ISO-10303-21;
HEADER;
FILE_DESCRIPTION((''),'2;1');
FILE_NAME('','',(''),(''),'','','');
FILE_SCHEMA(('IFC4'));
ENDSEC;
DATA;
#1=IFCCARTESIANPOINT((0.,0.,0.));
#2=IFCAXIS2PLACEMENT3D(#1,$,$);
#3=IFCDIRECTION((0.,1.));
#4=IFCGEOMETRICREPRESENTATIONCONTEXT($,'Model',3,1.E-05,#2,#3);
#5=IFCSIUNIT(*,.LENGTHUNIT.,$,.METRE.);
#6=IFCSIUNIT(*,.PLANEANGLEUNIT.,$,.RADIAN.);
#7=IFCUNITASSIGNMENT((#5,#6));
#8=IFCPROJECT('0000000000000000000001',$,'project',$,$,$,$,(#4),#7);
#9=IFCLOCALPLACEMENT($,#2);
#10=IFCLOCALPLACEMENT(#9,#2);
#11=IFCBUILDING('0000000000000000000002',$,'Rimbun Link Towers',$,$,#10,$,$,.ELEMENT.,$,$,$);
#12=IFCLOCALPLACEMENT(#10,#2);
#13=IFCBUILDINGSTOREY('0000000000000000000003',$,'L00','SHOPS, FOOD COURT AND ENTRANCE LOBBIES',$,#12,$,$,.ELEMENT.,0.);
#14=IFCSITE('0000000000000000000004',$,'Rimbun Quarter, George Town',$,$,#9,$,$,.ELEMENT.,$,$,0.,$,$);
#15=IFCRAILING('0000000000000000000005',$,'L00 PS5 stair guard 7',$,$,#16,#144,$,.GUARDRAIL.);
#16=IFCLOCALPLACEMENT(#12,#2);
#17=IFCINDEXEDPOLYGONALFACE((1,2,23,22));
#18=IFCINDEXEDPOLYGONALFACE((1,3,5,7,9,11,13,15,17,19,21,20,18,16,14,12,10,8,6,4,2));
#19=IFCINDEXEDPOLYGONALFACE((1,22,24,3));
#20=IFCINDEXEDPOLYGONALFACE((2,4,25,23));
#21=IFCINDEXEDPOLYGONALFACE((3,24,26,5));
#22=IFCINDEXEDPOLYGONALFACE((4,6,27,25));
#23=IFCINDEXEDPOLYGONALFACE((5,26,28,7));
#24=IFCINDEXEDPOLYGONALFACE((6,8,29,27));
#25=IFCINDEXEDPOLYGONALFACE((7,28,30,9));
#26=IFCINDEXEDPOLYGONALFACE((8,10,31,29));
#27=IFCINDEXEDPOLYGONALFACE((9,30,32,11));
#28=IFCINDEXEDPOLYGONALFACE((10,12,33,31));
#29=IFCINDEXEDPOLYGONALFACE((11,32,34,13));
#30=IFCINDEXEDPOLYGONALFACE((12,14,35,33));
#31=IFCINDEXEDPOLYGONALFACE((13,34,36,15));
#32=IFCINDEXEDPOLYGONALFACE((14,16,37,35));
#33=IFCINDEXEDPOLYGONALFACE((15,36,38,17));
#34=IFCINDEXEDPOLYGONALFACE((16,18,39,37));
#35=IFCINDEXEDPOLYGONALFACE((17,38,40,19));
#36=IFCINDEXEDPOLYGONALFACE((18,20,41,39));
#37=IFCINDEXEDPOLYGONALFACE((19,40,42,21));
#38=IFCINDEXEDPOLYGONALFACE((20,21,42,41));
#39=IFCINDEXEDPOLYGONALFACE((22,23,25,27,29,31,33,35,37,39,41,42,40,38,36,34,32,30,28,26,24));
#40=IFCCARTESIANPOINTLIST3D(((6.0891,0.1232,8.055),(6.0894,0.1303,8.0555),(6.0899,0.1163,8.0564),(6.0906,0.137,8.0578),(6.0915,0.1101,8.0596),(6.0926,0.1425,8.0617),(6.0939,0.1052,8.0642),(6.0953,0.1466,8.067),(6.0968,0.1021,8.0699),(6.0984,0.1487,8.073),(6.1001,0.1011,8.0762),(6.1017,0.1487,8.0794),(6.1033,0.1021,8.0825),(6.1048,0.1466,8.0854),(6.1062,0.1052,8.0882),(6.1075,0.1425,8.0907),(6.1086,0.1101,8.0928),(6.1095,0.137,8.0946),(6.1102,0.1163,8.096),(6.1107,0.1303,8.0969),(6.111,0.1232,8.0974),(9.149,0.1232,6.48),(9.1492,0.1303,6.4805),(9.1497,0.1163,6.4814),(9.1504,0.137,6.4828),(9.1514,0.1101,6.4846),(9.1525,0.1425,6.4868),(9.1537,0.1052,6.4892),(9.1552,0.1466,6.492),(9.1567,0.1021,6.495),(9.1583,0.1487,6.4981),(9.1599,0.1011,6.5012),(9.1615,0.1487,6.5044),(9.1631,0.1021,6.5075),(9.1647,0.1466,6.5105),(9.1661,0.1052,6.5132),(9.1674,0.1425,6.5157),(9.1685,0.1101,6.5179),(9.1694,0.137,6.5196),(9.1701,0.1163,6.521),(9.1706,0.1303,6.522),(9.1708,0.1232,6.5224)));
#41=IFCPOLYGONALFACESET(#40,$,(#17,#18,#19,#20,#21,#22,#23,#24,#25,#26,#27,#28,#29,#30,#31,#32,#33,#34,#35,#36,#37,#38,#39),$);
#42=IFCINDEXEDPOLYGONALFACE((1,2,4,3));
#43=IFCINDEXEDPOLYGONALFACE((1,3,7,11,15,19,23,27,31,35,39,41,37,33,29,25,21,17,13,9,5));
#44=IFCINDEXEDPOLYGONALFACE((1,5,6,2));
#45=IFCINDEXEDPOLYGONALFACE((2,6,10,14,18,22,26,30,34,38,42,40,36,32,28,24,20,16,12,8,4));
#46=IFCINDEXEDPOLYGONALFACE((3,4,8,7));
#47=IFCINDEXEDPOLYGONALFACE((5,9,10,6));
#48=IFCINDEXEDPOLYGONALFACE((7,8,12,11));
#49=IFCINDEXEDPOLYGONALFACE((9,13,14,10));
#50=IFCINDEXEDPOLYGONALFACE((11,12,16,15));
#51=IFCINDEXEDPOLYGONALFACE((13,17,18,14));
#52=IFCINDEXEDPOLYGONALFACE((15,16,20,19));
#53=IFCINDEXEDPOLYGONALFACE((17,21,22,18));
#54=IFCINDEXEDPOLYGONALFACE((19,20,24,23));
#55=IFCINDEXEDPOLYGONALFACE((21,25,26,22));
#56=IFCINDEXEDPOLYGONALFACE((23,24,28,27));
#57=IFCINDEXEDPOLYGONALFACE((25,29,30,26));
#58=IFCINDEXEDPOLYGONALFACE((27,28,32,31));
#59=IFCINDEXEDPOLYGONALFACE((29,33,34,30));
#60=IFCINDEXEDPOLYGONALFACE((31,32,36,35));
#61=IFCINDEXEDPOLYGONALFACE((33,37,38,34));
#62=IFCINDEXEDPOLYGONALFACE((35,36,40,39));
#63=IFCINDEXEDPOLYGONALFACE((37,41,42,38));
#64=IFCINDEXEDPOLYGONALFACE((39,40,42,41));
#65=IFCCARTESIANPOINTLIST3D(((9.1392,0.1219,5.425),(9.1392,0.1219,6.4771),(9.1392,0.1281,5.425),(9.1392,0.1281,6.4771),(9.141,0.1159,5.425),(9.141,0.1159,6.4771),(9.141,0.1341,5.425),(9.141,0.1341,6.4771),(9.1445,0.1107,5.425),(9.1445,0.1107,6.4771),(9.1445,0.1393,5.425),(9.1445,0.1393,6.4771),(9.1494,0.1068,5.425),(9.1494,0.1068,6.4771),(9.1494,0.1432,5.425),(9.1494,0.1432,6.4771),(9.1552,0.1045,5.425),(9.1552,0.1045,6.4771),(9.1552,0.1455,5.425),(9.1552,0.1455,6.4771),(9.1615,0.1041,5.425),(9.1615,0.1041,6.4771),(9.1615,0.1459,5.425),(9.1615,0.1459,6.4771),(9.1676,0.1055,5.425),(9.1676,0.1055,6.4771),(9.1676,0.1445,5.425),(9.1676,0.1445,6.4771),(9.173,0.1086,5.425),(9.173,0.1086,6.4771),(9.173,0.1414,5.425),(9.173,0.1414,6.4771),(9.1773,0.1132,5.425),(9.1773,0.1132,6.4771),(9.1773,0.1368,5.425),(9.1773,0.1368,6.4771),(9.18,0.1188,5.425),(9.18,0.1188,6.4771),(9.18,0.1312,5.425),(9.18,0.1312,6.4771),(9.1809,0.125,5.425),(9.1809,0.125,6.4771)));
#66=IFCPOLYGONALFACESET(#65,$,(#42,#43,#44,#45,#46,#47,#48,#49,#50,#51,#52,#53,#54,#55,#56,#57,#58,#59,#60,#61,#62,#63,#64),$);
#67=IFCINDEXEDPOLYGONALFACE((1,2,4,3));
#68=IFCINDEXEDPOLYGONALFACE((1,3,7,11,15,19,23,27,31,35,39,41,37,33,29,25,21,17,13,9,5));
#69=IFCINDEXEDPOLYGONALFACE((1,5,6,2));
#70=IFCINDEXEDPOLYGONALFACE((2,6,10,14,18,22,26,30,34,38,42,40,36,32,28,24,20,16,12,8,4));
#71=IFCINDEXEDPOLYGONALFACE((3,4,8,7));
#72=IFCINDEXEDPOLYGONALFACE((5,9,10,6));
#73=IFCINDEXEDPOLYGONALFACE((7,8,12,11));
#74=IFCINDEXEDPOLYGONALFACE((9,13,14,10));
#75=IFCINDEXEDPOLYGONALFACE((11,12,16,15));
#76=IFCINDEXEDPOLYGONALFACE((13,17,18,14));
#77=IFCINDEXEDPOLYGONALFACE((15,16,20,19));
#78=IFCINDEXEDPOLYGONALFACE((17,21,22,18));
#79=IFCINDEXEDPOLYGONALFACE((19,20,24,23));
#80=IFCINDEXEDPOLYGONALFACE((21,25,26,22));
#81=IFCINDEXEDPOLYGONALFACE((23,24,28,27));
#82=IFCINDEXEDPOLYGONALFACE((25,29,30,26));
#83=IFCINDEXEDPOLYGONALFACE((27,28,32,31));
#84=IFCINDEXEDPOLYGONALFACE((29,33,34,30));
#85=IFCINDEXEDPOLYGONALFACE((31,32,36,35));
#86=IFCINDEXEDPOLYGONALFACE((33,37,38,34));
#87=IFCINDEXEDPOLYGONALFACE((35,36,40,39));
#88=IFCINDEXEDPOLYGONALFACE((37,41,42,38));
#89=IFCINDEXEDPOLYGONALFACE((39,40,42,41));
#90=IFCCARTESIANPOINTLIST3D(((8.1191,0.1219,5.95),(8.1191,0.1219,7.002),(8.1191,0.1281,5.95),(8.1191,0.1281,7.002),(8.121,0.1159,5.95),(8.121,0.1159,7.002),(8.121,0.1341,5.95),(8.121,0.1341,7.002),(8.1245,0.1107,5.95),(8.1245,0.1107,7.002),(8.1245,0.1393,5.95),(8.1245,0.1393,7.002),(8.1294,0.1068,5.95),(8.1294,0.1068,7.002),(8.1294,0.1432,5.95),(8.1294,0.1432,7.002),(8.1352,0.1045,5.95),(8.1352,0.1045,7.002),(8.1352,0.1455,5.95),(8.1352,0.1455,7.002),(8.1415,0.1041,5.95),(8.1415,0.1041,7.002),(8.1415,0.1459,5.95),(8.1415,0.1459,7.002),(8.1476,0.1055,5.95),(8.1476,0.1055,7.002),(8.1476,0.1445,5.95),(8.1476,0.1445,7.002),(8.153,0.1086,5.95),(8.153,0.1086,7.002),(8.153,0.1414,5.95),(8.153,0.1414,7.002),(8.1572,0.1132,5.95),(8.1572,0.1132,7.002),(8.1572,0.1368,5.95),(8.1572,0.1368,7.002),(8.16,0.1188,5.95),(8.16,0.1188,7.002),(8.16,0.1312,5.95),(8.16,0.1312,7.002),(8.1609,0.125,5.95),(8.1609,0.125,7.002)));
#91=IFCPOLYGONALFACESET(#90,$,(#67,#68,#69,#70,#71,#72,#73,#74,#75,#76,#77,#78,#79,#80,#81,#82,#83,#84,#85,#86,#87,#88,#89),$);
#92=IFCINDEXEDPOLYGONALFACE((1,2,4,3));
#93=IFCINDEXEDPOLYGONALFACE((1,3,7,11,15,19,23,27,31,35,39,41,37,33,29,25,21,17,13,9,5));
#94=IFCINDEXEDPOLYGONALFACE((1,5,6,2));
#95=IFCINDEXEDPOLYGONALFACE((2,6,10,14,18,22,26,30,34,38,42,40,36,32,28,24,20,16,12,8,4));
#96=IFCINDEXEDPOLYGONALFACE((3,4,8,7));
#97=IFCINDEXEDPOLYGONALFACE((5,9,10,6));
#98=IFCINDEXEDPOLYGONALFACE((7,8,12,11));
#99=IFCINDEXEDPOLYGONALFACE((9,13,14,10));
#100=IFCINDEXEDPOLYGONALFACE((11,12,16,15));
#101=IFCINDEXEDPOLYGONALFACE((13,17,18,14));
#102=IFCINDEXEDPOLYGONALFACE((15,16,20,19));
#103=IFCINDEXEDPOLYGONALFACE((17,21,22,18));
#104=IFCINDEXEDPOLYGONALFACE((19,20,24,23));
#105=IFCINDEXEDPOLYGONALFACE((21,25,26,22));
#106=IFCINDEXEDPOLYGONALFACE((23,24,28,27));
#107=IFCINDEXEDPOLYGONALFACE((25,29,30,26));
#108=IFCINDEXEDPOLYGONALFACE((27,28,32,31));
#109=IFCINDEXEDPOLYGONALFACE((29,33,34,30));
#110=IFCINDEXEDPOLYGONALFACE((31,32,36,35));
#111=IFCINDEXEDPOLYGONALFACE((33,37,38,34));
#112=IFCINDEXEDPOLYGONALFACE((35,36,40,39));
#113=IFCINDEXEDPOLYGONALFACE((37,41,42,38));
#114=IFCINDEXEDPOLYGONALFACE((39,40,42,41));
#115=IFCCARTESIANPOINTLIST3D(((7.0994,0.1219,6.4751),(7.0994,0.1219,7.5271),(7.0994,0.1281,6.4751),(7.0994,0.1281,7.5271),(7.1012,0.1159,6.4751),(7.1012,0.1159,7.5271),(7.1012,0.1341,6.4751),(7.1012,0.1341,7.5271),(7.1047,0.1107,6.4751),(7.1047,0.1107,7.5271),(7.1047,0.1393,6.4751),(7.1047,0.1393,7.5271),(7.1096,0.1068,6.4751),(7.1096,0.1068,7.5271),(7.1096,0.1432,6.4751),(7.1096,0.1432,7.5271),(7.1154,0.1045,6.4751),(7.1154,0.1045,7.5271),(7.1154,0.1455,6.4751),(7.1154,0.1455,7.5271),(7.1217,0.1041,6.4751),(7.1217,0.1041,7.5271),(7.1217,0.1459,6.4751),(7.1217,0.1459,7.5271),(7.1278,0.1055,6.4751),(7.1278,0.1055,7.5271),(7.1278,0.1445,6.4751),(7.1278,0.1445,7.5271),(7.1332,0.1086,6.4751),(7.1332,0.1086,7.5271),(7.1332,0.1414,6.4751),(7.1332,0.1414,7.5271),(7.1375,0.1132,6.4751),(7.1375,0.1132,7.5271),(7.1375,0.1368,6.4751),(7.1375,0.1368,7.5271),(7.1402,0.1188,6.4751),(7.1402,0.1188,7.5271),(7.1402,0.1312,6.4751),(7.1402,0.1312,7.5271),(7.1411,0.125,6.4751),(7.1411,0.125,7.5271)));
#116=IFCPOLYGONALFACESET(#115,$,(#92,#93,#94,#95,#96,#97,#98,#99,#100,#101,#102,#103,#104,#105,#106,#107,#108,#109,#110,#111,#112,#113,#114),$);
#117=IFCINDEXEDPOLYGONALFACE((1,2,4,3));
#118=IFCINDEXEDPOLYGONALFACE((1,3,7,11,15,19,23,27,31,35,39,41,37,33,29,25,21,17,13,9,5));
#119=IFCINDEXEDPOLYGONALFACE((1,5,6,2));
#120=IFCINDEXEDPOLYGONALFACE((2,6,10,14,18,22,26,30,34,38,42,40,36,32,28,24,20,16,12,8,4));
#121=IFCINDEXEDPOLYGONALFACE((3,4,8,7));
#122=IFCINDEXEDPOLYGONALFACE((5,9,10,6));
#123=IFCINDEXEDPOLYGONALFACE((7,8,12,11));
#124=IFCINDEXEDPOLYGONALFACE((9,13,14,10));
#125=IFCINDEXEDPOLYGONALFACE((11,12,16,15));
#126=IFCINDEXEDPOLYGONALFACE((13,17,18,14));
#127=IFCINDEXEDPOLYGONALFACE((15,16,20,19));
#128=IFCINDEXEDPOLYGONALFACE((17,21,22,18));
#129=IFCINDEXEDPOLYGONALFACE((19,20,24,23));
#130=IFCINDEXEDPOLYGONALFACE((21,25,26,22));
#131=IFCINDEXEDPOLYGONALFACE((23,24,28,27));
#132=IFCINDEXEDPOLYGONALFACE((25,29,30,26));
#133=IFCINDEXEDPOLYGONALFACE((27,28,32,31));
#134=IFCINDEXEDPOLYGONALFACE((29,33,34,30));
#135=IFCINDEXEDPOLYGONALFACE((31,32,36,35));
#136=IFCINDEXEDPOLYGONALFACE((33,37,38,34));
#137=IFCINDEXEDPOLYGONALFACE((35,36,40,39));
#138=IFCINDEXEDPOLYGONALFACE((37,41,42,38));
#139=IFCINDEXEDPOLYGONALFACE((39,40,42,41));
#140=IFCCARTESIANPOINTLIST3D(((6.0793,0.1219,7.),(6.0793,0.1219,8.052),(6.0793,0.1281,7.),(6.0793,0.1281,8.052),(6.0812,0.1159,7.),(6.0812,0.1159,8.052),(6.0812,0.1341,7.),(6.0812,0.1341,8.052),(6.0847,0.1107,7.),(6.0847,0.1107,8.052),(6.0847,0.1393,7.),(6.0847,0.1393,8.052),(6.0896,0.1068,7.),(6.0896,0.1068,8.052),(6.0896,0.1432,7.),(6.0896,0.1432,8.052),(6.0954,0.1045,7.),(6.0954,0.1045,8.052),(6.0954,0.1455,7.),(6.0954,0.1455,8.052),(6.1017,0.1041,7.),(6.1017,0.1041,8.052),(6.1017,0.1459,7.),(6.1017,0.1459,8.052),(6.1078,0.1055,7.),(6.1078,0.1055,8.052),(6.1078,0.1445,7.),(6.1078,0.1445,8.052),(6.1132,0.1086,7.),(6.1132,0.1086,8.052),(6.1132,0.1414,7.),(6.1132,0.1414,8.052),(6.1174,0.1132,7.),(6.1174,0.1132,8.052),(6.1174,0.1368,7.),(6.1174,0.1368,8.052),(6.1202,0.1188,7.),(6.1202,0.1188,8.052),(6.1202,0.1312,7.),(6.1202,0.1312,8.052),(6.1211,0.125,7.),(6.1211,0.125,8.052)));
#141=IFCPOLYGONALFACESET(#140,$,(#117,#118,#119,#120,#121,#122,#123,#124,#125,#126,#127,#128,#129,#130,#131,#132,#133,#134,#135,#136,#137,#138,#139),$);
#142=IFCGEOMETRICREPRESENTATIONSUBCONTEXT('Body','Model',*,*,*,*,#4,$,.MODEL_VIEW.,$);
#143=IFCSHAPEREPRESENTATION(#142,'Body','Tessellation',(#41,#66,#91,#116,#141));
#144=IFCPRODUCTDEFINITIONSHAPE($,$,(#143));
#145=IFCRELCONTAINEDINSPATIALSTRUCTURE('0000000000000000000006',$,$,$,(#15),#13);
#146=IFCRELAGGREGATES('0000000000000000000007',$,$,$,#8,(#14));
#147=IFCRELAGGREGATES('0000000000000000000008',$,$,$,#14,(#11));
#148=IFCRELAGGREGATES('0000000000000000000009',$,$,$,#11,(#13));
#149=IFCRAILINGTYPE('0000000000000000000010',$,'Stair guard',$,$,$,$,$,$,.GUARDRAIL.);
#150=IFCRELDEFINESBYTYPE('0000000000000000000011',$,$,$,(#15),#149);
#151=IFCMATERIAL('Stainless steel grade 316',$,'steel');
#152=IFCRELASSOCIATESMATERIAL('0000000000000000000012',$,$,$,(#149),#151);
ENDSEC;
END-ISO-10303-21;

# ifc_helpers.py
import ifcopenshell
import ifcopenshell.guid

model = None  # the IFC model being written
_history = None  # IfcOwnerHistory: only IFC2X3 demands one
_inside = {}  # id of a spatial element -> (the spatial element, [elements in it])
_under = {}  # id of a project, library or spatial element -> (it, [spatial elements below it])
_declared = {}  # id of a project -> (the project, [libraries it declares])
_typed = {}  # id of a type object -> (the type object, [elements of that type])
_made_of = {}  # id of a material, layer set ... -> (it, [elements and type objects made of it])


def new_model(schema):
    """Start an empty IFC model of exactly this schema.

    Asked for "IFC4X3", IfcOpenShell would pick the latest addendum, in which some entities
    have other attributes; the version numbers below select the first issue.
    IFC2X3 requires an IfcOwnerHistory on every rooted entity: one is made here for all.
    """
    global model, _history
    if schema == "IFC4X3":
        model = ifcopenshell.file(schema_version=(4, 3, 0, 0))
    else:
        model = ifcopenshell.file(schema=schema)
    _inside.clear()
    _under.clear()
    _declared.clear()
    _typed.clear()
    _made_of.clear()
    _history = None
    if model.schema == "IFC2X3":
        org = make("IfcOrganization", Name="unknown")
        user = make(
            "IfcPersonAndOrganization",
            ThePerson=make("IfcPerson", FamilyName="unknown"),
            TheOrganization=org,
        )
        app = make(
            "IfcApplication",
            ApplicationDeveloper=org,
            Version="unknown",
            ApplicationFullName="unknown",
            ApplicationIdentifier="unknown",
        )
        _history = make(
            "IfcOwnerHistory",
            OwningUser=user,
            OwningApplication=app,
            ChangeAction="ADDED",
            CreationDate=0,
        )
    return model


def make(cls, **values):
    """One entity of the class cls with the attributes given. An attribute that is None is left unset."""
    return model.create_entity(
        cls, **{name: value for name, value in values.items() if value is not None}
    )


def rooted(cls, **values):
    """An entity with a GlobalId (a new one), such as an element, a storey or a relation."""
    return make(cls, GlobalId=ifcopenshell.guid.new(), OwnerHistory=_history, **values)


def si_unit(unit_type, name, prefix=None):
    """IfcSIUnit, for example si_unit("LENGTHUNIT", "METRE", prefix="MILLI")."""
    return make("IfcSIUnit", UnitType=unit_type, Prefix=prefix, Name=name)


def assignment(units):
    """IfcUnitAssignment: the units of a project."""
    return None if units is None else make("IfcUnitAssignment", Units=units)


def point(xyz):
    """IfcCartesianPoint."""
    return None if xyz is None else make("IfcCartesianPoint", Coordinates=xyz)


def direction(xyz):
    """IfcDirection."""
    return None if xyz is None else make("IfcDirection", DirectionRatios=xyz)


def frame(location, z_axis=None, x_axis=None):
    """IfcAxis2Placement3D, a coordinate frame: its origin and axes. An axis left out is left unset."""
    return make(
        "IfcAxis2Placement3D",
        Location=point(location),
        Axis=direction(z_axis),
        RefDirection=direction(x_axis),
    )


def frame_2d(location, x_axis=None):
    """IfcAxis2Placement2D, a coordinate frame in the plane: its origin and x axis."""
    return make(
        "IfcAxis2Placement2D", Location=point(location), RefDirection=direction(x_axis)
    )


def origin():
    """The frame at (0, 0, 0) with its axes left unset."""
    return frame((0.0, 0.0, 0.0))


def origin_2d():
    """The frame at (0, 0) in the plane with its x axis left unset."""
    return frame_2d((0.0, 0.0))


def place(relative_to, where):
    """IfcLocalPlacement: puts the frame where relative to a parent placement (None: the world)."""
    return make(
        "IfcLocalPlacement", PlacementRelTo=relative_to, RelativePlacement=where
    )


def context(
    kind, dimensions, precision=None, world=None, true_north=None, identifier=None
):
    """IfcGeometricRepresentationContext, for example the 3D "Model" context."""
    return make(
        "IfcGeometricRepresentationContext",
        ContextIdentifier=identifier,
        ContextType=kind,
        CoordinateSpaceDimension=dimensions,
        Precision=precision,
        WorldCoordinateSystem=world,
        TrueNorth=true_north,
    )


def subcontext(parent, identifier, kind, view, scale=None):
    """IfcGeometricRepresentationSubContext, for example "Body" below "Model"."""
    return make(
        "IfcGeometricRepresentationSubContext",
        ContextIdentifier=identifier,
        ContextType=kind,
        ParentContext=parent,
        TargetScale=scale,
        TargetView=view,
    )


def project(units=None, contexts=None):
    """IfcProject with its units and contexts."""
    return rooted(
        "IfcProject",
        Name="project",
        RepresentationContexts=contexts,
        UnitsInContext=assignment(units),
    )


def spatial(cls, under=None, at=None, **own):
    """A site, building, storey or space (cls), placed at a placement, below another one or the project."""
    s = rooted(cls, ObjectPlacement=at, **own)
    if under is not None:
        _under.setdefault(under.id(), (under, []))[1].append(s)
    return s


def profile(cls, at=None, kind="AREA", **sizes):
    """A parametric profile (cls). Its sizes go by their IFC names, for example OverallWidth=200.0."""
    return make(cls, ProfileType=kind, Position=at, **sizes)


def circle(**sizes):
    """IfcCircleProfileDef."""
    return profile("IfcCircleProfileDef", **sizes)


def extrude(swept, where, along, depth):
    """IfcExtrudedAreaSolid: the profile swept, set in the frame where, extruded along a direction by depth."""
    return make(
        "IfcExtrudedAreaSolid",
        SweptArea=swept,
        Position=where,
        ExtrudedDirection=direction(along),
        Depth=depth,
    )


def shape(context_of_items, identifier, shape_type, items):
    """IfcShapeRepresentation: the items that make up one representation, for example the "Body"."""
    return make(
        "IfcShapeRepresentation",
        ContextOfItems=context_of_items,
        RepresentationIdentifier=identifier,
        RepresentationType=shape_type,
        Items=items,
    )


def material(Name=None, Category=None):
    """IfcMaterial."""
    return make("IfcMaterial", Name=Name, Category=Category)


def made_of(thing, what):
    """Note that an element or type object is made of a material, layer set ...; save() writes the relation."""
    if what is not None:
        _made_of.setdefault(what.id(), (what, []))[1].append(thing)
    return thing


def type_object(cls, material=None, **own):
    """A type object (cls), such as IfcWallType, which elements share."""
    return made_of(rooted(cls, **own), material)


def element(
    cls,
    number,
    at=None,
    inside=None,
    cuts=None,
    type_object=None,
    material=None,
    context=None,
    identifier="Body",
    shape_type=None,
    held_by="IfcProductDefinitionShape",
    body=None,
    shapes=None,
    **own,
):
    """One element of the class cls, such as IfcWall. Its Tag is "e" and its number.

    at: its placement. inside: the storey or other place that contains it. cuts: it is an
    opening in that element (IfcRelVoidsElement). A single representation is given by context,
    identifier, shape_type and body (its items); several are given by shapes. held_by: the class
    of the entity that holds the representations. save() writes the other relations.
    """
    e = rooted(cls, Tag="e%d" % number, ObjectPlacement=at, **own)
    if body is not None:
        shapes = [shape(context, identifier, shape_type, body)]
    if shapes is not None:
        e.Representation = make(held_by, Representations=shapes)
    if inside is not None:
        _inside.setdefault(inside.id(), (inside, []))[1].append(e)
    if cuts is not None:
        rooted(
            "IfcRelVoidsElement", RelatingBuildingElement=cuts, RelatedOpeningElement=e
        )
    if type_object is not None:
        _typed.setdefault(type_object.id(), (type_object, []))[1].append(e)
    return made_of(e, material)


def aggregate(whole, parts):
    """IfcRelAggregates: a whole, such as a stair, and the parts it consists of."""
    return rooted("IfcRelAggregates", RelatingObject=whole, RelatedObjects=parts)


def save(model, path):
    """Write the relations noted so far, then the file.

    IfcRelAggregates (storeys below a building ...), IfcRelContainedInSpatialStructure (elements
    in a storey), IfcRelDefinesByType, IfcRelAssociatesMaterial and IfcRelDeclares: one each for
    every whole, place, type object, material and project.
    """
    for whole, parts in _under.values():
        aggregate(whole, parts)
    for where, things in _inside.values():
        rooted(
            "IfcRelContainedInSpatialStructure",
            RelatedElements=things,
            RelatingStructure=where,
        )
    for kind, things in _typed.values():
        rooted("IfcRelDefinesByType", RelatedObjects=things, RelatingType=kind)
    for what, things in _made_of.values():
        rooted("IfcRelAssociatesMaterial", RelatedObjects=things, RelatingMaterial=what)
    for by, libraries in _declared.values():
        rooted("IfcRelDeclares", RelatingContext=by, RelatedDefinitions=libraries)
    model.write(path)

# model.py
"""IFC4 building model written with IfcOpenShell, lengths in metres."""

from ifc_helpers import new_model, si_unit, direction, frame, origin, origin_2d, place, context, subcontext, project, spatial, circle, extrude, material, type_object, element, save


model = new_model("IFC4")

# Units and contexts
model_context = context("Model", 3, precision=1e-05, world=origin(), true_north=direction((0.0, 1.0)))
body_context = subcontext(model_context, "Body", "Model", "MODEL_VIEW")
ifc_project = project(units=[si_unit("LENGTHUNIT", "METRE"), si_unit("PLANEANGLEUNIT", "RADIAN")], contexts=[model_context])

# Site, building, storey
site_placement = place(None, origin())
site = spatial("IfcSite", under=ifc_project, at=site_placement, Name="Rimbun Quarter, George Town", CompositionType="ELEMENT", RefElevation=0.0)
building_placement = place(site_placement, origin())
building = spatial("IfcBuilding", under=site, at=building_placement, Name="Rimbun Link Towers", CompositionType="ELEMENT")
storey_placement = place(building_placement, origin())
storey = spatial("IfcBuildingStorey", under=building, at=storey_placement, Name="L00", Description="SHOPS, FOOD COURT AND ENTRANCE LOBBIES", CompositionType="ELEMENT", Elevation=0.0)

# Railing
ifc_material_1 = material(Name="Stainless steel grade 316", Category="steel")
railing_type_1 = type_object("IfcRailingType", Name="Stair guard", PredefinedType="GUARDRAIL", material=ifc_material_1)
railing_1_placement = place(storey_placement, frame((9.1599, 0.125, 5.425)))
element("IfcRailing", 1, at=railing_1_placement, inside=storey, type_object=railing_type_1, Name="L00 PS5 stair guard 7", PredefinedType="GUARDRAIL", context=body_context, shape_type="SweptSolid", body=[
    extrude(circle(Radius=0.0239, at=origin_2d()), frame((0.0, 0.0, 1.0762), z_axis=(-0.88913, 0.0, 0.457654), x_axis=(0.0, -1.0, 0.0)), (0.0, 0.0, 1.0), 3.4414),
    extrude(circle(Radius=0.021, at=origin_2d()), origin(), (0.0, 0.0, 1.0), 1.052),
    extrude(circle(Radius=0.021, at=origin_2d()), frame((-1.02, 0.0, 0.5249)), (0.0, 0.0, 1.0), 1.052),
    extrude(circle(Radius=0.021, at=origin_2d()), frame((-2.0398, 0.0, 1.05)), (0.0, 0.0, 1.0), 1.052),
    extrude(circle(Radius=0.021, at=origin_2d()), frame((-3.0598, 0.0, 1.575)), (0.0, 0.0, 1.0), 1.052),
])

save(model, "model.ifc")
